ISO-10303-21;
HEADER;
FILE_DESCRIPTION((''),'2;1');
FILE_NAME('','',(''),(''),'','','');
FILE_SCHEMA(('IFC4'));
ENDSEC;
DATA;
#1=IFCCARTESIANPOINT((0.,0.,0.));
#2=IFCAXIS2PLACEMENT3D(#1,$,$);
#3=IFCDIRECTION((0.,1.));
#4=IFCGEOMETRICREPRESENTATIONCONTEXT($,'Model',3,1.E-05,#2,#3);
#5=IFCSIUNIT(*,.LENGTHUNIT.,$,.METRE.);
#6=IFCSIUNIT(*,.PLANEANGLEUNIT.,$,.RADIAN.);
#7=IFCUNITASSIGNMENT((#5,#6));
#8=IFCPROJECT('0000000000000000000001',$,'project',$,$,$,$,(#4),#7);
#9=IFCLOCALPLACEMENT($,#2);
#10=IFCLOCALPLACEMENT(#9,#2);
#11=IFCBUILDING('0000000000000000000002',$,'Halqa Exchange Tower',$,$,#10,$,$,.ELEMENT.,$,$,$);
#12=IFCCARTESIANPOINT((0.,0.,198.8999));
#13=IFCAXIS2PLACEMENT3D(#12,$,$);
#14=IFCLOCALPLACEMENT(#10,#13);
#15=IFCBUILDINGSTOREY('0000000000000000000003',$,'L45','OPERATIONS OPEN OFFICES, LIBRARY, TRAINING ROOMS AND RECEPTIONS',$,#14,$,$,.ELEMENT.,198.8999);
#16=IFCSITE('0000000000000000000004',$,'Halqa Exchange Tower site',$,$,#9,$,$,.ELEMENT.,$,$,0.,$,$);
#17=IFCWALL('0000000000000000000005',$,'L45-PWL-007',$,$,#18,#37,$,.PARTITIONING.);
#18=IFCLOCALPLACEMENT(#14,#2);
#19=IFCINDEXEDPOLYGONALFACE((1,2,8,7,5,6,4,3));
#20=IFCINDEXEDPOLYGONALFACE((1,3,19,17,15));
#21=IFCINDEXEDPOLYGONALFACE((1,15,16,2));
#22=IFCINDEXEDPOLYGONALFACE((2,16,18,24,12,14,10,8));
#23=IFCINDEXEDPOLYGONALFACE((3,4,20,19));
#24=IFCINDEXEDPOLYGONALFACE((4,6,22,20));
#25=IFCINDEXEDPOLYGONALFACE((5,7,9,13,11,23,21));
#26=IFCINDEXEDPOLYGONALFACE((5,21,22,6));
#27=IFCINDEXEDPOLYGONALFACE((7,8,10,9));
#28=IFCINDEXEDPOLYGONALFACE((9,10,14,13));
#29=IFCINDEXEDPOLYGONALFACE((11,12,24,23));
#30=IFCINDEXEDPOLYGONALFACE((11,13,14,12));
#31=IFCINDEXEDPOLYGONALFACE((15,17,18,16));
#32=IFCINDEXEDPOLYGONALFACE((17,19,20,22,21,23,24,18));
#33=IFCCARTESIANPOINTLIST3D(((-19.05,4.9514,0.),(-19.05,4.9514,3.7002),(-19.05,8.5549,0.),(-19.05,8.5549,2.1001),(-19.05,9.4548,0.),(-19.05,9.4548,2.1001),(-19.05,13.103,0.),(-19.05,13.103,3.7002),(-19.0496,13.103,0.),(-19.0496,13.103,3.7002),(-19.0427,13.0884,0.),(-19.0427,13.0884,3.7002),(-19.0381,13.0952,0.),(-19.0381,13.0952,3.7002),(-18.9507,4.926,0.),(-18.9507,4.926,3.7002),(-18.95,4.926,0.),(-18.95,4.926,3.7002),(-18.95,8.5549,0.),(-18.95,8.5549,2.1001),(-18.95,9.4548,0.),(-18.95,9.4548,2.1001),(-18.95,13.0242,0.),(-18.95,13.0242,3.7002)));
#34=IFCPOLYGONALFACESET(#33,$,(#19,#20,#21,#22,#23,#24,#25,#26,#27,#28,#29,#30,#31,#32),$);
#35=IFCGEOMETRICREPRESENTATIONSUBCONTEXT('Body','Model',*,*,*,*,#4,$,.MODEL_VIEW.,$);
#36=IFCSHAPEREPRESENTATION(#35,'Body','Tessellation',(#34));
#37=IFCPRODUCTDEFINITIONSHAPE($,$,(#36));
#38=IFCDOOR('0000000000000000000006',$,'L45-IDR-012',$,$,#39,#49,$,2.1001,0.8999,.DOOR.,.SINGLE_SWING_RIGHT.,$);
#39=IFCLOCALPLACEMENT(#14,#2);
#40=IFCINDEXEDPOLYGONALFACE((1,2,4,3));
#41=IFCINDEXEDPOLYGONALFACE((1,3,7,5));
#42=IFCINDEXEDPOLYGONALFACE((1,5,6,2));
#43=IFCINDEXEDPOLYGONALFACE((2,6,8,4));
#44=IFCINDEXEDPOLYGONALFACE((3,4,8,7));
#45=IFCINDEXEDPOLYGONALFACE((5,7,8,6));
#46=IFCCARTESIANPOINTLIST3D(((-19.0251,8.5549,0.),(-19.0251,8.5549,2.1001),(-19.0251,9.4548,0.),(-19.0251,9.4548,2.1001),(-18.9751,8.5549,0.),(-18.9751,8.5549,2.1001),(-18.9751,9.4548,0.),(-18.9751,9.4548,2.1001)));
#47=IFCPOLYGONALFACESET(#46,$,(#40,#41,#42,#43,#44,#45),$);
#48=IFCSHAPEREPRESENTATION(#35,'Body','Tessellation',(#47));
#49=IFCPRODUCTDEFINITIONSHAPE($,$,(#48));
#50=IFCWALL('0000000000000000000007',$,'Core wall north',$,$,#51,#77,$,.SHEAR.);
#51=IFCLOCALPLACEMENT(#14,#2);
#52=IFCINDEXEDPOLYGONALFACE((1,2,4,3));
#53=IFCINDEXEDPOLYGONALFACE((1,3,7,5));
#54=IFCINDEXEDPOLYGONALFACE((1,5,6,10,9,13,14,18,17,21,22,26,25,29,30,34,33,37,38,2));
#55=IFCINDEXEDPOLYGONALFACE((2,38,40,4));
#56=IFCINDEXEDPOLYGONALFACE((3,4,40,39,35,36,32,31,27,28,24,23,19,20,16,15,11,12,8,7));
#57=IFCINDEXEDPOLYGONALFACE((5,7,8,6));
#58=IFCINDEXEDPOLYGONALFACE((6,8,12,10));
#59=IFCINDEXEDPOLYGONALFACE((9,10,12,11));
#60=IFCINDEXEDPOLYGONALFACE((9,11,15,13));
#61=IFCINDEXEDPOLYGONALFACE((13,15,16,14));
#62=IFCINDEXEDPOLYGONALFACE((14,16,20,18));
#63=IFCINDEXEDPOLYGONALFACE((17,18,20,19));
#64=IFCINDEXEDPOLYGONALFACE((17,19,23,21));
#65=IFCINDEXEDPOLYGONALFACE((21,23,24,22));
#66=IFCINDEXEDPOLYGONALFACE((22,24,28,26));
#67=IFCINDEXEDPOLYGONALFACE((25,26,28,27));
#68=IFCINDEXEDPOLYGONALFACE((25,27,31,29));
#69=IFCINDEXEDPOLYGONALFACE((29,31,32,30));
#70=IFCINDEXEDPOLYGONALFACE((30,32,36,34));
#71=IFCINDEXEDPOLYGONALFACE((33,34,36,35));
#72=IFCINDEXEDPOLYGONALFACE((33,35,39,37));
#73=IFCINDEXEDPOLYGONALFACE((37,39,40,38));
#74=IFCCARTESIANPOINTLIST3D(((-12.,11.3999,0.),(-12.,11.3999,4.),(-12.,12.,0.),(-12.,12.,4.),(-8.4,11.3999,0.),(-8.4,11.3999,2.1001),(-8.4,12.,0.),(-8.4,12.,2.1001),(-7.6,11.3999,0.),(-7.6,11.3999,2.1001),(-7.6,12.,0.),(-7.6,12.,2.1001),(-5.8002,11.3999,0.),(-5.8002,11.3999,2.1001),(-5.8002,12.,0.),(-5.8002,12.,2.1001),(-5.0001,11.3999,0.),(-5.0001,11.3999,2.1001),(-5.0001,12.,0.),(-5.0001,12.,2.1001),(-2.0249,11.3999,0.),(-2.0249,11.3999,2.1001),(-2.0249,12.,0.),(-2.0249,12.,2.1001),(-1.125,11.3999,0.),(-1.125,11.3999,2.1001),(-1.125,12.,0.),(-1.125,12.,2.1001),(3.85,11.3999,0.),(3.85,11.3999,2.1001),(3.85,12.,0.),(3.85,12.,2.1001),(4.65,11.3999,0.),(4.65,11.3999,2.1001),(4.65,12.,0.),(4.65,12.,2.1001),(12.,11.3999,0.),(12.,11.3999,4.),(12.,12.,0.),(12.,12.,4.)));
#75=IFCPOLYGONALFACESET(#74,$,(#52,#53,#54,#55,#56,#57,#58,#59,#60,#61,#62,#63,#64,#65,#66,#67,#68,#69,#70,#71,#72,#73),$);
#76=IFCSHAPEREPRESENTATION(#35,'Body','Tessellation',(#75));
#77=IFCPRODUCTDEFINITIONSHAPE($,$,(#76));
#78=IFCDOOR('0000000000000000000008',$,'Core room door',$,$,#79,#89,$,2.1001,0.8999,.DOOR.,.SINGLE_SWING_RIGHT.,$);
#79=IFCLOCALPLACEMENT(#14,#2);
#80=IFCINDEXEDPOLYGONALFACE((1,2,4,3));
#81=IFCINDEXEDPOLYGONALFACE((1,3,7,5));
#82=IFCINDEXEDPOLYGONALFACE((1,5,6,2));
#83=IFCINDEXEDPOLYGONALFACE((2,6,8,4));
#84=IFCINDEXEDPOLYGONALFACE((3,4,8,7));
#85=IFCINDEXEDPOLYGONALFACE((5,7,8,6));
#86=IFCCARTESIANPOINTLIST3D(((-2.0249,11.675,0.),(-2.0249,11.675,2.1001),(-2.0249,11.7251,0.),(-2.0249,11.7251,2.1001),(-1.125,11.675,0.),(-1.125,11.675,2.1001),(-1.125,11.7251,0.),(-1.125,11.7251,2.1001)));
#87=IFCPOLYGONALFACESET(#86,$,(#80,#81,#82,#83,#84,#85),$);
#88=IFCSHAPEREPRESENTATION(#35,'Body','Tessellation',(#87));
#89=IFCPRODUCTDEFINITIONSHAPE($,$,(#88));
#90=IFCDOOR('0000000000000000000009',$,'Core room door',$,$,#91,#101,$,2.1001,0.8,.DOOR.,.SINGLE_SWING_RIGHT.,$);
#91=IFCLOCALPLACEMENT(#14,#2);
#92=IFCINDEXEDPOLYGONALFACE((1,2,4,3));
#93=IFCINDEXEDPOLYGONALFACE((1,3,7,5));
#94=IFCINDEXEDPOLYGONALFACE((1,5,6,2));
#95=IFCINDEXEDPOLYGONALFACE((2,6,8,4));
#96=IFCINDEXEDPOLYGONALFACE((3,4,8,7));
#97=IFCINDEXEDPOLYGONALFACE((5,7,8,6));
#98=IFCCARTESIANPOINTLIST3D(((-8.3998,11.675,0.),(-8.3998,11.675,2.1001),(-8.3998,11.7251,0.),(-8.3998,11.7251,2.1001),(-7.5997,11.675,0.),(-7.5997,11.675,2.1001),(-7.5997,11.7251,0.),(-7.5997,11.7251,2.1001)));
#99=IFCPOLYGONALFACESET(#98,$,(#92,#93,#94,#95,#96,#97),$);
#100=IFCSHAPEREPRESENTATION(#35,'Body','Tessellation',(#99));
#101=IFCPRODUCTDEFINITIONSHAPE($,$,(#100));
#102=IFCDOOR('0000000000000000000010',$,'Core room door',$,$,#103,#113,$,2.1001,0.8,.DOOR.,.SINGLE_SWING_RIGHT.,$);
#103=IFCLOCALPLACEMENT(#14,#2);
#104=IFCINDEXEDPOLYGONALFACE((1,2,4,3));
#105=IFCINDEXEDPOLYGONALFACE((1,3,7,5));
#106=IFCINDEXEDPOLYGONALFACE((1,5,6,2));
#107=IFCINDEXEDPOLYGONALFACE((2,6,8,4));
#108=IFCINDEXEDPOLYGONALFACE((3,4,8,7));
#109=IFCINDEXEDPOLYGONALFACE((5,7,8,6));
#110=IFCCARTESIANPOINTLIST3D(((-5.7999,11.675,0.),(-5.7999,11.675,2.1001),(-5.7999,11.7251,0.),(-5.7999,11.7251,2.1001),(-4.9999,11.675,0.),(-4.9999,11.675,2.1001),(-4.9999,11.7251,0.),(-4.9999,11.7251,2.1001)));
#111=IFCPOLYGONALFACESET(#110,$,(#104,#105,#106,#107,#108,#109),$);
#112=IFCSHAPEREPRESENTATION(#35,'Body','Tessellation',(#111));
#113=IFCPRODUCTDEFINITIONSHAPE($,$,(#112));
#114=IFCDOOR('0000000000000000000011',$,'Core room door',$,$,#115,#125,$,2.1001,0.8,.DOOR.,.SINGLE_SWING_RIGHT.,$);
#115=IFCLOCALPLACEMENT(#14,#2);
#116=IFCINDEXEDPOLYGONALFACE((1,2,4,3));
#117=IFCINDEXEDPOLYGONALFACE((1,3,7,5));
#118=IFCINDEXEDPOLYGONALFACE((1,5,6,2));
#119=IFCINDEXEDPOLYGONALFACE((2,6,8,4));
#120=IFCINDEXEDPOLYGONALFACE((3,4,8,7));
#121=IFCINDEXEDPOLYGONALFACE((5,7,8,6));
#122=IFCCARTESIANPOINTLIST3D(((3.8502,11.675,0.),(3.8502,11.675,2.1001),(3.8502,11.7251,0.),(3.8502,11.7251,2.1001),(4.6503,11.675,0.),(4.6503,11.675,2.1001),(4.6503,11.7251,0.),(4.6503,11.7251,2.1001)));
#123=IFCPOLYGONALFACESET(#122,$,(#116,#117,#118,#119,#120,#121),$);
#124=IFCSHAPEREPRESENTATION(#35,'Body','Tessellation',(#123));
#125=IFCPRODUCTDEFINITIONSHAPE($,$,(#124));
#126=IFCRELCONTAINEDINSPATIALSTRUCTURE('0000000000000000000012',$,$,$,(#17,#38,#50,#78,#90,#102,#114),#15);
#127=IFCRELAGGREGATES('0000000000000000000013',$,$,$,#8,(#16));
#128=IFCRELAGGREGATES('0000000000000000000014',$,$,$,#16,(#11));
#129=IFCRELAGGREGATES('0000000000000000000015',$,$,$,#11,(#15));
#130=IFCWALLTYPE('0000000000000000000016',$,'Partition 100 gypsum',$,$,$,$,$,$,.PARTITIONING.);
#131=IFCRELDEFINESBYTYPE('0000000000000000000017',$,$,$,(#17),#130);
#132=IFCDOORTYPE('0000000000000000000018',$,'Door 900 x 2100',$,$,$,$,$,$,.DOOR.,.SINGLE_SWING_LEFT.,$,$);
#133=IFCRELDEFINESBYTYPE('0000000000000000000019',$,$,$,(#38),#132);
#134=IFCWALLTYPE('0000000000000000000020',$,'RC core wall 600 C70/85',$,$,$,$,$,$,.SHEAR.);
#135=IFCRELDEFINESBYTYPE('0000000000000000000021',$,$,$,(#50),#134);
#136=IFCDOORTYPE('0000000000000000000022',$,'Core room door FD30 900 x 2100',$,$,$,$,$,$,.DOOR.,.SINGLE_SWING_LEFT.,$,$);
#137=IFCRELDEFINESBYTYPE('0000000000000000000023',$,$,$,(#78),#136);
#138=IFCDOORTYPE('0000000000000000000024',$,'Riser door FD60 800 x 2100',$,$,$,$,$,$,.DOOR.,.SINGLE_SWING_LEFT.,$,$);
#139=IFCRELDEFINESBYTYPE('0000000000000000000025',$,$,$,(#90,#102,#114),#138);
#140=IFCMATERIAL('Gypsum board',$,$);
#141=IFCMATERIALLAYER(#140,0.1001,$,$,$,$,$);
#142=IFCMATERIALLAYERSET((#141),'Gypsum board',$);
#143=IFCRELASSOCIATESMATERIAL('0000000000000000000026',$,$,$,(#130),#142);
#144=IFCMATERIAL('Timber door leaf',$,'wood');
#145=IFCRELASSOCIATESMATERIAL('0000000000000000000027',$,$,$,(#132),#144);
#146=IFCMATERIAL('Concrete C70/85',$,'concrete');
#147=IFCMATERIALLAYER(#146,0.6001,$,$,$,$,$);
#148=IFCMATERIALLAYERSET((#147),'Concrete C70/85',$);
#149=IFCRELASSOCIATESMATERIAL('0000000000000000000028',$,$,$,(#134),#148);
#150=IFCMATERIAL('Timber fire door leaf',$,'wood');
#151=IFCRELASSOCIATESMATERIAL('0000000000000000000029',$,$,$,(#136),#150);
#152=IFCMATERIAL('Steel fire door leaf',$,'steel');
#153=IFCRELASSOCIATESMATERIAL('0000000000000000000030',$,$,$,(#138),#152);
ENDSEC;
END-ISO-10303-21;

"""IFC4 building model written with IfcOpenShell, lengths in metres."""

from ifc_helpers import new_model, si_unit, direction, frame, frame_2d, origin, place, context, subcontext, project, spatial, polyline, rectangle, outline, extrude, material, layer, layer_set, type_object, element, fill, save


model = new_model("IFC4")

# Units and contexts
model_context = context("Model", 3, precision=1e-05, world=origin(), true_north=direction((0.0, 1.0)))
body_context = subcontext(model_context, "Body", "Model", "MODEL_VIEW")
ifc_project = project(units=[si_unit("LENGTHUNIT", "METRE"), si_unit("PLANEANGLEUNIT", "RADIAN")], contexts=[model_context])

# Site, building, storey
site_placement = place(None, origin())
site = spatial("IfcSite", under=ifc_project, at=site_placement, Name="Halqa Exchange Tower site", CompositionType="ELEMENT", RefElevation=0.0)
building_placement = place(site_placement, origin())
building = spatial("IfcBuilding", under=site, at=building_placement, Name="Halqa Exchange Tower", CompositionType="ELEMENT")
storey_placement = place(building_placement, frame((0.0, 0.0, 198.8999)))
storey = spatial("IfcBuildingStorey", under=building, at=storey_placement, Name="L45", Description="OPERATIONS OPEN OFFICES, LIBRARY, TRAINING ROOMS AND RECEPTIONS", CompositionType="ELEMENT", Elevation=198.8999)

# Wall, opening, door
ifc_material_1 = material(Name="Gypsum board")
ifc_layer_1 = layer(ifc_material_1, 0.1001)
ifc_layer_set_1 = layer_set([ifc_layer_1], Name="Gypsum board")
wall_type_1 = type_object("IfcWallType", Name="Partition 100 gypsum", PredefinedType="PARTITIONING", material=ifc_layer_set_1)
wall_1_placement = place(storey_placement, frame((-19.0, 4.926, 0.0), z_axis=(0.0, 0.0, 1.0), x_axis=(0.0, 1.0, 0.0)))
wall_1 = element("IfcWall", 1, at=wall_1_placement, inside=storey, type_object=wall_type_1, Name="L45-PWL-007", PredefinedType="PARTITIONING", context=body_context, shape_type="SweptSolid", body=[
    extrude(outline(polyline([(0.0, -0.05), (1.6196, -0.05), (3.2393, -0.05), (4.8589, -0.05), (6.4785, -0.05), (8.0981, -0.05), (8.1624, 0.0427), (8.1692, 0.0381), (8.177, 0.0496), (8.177, 0.05), (6.5466, 0.05), (4.9165, 0.05), (3.2861, 0.05), (1.6558, 0.05), (0.0254, 0.05), (0.0, -0.0493), (0.0, -0.05)])), origin(), (0.0, 0.0, 1.0), 3.7002),
])
opening_1_placement = place(wall_1_placement, frame((3.6289, 0.0, 0.0)))
opening_1 = element("IfcOpeningElement", 2, at=opening_1_placement, cuts=wall_1, PredefinedType="OPENING", context=body_context, shape_type="SweptSolid", body=[
    extrude(rectangle(XDim=0.8999, YDim=2.1001, at=frame_2d((0.45, 1.05))), frame((0.0, 0.062, 0.0), z_axis=(0.0, -1.0, 0.0), x_axis=(1.0, 0.0, 0.0)), (0.0, 0.0, 1.0), 0.124),
])
ifc_material_2 = material(Name="Timber door leaf", Category="wood")
door_type_1 = type_object("IfcDoorType", Name="Door 900 x 2100", OperationType="SINGLE_SWING_LEFT", PredefinedType="DOOR", material=ifc_material_2)
door_1_placement = place(opening_1_placement, frame((0.8999, 0.0, 0.0), z_axis=(0.0, 0.0, 1.0), x_axis=(-1.0, 0.0, 0.0)))
door_1 = element("IfcDoor", 3, at=door_1_placement, inside=storey, type_object=door_type_1, Name="L45-IDR-012", OperationType="SINGLE_SWING_RIGHT", OverallHeight=2.1001, OverallWidth=0.8999, PredefinedType="DOOR", context=body_context, shape_type="SweptSolid", body=[
    extrude(rectangle(XDim=0.8999, YDim=2.1001, at=frame_2d((0.45, 1.05))), frame((0.0, 0.0249, 0.0), z_axis=(0.0, -1.0, 0.0), x_axis=(1.0, 0.0, 0.0)), (0.0, 0.0, 1.0), 0.05),
])
fill(opening_1, door_1)

# Wall, openings, doors
ifc_material_3 = material(Name="Concrete C70/85", Category="concrete")
ifc_layer_2 = layer(ifc_material_3, 0.6001)
ifc_layer_set_2 = layer_set([ifc_layer_2], Name="Concrete C70/85")
wall_type_2 = type_object("IfcWallType", Name="RC core wall 600 C70/85", PredefinedType="SHEAR", material=ifc_layer_set_2)
wall_2_placement = place(storey_placement, frame((-12.0, 11.7, 0.0), z_axis=(0.0, 0.0, 1.0), x_axis=(1.0, 0.0, 0.0)))
wall_2 = element("IfcWall", 4, at=wall_2_placement, inside=storey, type_object=wall_type_2, Name="Core wall north", PredefinedType="SHEAR", context=body_context, shape_type="SweptSolid", body=[
    extrude(rectangle(XDim=24.0, YDim=0.6001, at=frame_2d((12.0, 0.0))), origin(), (0.0, 0.0, 1.0), 4.0),
])
opening_2_placement = place(wall_2_placement, frame((9.9751, 0.0, 0.0)))
opening_2 = element("IfcOpeningElement", 5, at=opening_2_placement, cuts=wall_2, PredefinedType="OPENING", context=body_context, shape_type="SweptSolid", body=[
    extrude(rectangle(XDim=0.8999, YDim=2.1001, at=frame_2d((0.45, 1.05))), frame((0.0, 0.312, 0.0), z_axis=(0.0, -1.0, 0.0), x_axis=(1.0, 0.0, 0.0)), (0.0, 0.0, 1.0), 0.624),
])
opening_3_placement = place(wall_2_placement, frame((3.6001, 0.0, 0.0)))
opening_3 = element("IfcOpeningElement", 6, at=opening_3_placement, cuts=wall_2, PredefinedType="OPENING", context=body_context, shape_type="SweptSolid", body=[
    extrude(rectangle(XDim=0.8, YDim=2.1001, at=frame_2d((0.3999, 1.05))), frame((0.0, 0.312, 0.0), z_axis=(0.0, -1.0, 0.0), x_axis=(1.0, 0.0, 0.0)), (0.0, 0.0, 1.0), 0.624),
])
opening_4_placement = place(wall_2_placement, frame((6.2, 0.0, 0.0)))
opening_4 = element("IfcOpeningElement", 7, at=opening_4_placement, cuts=wall_2, PredefinedType="OPENING", context=body_context, shape_type="SweptSolid", body=[
    extrude(rectangle(XDim=0.8, YDim=2.1001, at=frame_2d((0.3999, 1.05))), frame((0.0, 0.312, 0.0), z_axis=(0.0, -1.0, 0.0), x_axis=(1.0, 0.0, 0.0)), (0.0, 0.0, 1.0), 0.624),
])
opening_5_placement = place(wall_2_placement, frame((15.8501, 0.0, 0.0)))
opening_5 = element("IfcOpeningElement", 8, at=opening_5_placement, cuts=wall_2, PredefinedType="OPENING", context=body_context, shape_type="SweptSolid", body=[
    extrude(rectangle(XDim=0.8, YDim=2.1001, at=frame_2d((0.3999, 1.05))), frame((0.0, 0.312, 0.0), z_axis=(0.0, -1.0, 0.0), x_axis=(1.0, 0.0, 0.0)), (0.0, 0.0, 1.0), 0.624),
])
ifc_material_4 = material(Name="Timber fire door leaf", Category="wood")
door_type_2 = type_object("IfcDoorType", Name="Core room door FD30 900 x 2100", OperationType="SINGLE_SWING_LEFT", PredefinedType="DOOR", material=ifc_material_4)
door_2_placement = place(opening_2_placement, frame((0.8999, 0.0, 0.0), z_axis=(0.0, 0.0, 1.0), x_axis=(-1.0, 0.0, 0.0)))
door_2 = element("IfcDoor", 9, at=door_2_placement, inside=storey, type_object=door_type_2, Name="Core room door", OperationType="SINGLE_SWING_RIGHT", OverallHeight=2.1001, OverallWidth=0.8999, PredefinedType="DOOR", context=body_context, shape_type="SweptSolid", body=[
    extrude(rectangle(XDim=0.8999, YDim=2.1001, at=frame_2d((0.45, 1.05))), frame((0.0, 0.0249, 0.0), z_axis=(0.0, -1.0, 0.0), x_axis=(1.0, 0.0, 0.0)), (0.0, 0.0, 1.0), 0.05),
])
fill(opening_2, door_2)
ifc_material_5 = material(Name="Steel fire door leaf", Category="steel")
door_type_3 = type_object("IfcDoorType", Name="Riser door FD60 800 x 2100", OperationType="SINGLE_SWING_LEFT", PredefinedType="DOOR", material=ifc_material_5)
door_3_placement = place(opening_3_placement, frame((0.8, 0.0, 0.0), z_axis=(0.0, 0.0, 1.0), x_axis=(-1.0, 0.0, 0.0)))
door_3 = element("IfcDoor", 10, at=door_3_placement, inside=storey, type_object=door_type_3, Name="Core room door", OperationType="SINGLE_SWING_RIGHT", OverallHeight=2.1001, OverallWidth=0.8, PredefinedType="DOOR", context=body_context, shape_type="SweptSolid", body=[
    extrude(rectangle(XDim=0.8, YDim=2.1001, at=frame_2d((0.3999, 1.05))), frame((0.0, 0.0249, 0.0), z_axis=(0.0, -1.0, 0.0), x_axis=(1.0, 0.0, 0.0)), (0.0, 0.0, 1.0), 0.05),
])
fill(opening_3, door_3)
door_4_placement = place(opening_4_placement, frame((0.8, 0.0, 0.0), z_axis=(0.0, 0.0, 1.0), x_axis=(-1.0, 0.0, 0.0)))
door_4 = element("IfcDoor", 11, at=door_4_placement, inside=storey, type_object=door_type_3, Name="Core room door", OperationType="SINGLE_SWING_RIGHT", OverallHeight=2.1001, OverallWidth=0.8, PredefinedType="DOOR", context=body_context, shape_type="SweptSolid", body=[
    extrude(rectangle(XDim=0.8, YDim=2.1001, at=frame_2d((0.3999, 1.05))), frame((0.0, 0.0249, 0.0), z_axis=(0.0, -1.0, 0.0), x_axis=(1.0, 0.0, 0.0)), (0.0, 0.0, 1.0), 0.05),
])
fill(opening_4, door_4)
door_5_placement = place(opening_5_placement, frame((0.8, 0.0, 0.0), z_axis=(0.0, 0.0, 1.0), x_axis=(-1.0, 0.0, 0.0)))
door_5 = element("IfcDoor", 12, at=door_5_placement, inside=storey, type_object=door_type_3, Name="Core room door", OperationType="SINGLE_SWING_RIGHT", OverallHeight=2.1001, OverallWidth=0.8, PredefinedType="DOOR", context=body_context, shape_type="SweptSolid", body=[
    extrude(rectangle(XDim=0.8, YDim=2.1001, at=frame_2d((0.3999, 1.05))), frame((0.0, 0.0249, 0.0), z_axis=(0.0, -1.0, 0.0), x_axis=(1.0, 0.0, 0.0)), (0.0, 0.0, 1.0), 0.05),
])
fill(opening_5, door_5)

save(model, "model.ifc")
